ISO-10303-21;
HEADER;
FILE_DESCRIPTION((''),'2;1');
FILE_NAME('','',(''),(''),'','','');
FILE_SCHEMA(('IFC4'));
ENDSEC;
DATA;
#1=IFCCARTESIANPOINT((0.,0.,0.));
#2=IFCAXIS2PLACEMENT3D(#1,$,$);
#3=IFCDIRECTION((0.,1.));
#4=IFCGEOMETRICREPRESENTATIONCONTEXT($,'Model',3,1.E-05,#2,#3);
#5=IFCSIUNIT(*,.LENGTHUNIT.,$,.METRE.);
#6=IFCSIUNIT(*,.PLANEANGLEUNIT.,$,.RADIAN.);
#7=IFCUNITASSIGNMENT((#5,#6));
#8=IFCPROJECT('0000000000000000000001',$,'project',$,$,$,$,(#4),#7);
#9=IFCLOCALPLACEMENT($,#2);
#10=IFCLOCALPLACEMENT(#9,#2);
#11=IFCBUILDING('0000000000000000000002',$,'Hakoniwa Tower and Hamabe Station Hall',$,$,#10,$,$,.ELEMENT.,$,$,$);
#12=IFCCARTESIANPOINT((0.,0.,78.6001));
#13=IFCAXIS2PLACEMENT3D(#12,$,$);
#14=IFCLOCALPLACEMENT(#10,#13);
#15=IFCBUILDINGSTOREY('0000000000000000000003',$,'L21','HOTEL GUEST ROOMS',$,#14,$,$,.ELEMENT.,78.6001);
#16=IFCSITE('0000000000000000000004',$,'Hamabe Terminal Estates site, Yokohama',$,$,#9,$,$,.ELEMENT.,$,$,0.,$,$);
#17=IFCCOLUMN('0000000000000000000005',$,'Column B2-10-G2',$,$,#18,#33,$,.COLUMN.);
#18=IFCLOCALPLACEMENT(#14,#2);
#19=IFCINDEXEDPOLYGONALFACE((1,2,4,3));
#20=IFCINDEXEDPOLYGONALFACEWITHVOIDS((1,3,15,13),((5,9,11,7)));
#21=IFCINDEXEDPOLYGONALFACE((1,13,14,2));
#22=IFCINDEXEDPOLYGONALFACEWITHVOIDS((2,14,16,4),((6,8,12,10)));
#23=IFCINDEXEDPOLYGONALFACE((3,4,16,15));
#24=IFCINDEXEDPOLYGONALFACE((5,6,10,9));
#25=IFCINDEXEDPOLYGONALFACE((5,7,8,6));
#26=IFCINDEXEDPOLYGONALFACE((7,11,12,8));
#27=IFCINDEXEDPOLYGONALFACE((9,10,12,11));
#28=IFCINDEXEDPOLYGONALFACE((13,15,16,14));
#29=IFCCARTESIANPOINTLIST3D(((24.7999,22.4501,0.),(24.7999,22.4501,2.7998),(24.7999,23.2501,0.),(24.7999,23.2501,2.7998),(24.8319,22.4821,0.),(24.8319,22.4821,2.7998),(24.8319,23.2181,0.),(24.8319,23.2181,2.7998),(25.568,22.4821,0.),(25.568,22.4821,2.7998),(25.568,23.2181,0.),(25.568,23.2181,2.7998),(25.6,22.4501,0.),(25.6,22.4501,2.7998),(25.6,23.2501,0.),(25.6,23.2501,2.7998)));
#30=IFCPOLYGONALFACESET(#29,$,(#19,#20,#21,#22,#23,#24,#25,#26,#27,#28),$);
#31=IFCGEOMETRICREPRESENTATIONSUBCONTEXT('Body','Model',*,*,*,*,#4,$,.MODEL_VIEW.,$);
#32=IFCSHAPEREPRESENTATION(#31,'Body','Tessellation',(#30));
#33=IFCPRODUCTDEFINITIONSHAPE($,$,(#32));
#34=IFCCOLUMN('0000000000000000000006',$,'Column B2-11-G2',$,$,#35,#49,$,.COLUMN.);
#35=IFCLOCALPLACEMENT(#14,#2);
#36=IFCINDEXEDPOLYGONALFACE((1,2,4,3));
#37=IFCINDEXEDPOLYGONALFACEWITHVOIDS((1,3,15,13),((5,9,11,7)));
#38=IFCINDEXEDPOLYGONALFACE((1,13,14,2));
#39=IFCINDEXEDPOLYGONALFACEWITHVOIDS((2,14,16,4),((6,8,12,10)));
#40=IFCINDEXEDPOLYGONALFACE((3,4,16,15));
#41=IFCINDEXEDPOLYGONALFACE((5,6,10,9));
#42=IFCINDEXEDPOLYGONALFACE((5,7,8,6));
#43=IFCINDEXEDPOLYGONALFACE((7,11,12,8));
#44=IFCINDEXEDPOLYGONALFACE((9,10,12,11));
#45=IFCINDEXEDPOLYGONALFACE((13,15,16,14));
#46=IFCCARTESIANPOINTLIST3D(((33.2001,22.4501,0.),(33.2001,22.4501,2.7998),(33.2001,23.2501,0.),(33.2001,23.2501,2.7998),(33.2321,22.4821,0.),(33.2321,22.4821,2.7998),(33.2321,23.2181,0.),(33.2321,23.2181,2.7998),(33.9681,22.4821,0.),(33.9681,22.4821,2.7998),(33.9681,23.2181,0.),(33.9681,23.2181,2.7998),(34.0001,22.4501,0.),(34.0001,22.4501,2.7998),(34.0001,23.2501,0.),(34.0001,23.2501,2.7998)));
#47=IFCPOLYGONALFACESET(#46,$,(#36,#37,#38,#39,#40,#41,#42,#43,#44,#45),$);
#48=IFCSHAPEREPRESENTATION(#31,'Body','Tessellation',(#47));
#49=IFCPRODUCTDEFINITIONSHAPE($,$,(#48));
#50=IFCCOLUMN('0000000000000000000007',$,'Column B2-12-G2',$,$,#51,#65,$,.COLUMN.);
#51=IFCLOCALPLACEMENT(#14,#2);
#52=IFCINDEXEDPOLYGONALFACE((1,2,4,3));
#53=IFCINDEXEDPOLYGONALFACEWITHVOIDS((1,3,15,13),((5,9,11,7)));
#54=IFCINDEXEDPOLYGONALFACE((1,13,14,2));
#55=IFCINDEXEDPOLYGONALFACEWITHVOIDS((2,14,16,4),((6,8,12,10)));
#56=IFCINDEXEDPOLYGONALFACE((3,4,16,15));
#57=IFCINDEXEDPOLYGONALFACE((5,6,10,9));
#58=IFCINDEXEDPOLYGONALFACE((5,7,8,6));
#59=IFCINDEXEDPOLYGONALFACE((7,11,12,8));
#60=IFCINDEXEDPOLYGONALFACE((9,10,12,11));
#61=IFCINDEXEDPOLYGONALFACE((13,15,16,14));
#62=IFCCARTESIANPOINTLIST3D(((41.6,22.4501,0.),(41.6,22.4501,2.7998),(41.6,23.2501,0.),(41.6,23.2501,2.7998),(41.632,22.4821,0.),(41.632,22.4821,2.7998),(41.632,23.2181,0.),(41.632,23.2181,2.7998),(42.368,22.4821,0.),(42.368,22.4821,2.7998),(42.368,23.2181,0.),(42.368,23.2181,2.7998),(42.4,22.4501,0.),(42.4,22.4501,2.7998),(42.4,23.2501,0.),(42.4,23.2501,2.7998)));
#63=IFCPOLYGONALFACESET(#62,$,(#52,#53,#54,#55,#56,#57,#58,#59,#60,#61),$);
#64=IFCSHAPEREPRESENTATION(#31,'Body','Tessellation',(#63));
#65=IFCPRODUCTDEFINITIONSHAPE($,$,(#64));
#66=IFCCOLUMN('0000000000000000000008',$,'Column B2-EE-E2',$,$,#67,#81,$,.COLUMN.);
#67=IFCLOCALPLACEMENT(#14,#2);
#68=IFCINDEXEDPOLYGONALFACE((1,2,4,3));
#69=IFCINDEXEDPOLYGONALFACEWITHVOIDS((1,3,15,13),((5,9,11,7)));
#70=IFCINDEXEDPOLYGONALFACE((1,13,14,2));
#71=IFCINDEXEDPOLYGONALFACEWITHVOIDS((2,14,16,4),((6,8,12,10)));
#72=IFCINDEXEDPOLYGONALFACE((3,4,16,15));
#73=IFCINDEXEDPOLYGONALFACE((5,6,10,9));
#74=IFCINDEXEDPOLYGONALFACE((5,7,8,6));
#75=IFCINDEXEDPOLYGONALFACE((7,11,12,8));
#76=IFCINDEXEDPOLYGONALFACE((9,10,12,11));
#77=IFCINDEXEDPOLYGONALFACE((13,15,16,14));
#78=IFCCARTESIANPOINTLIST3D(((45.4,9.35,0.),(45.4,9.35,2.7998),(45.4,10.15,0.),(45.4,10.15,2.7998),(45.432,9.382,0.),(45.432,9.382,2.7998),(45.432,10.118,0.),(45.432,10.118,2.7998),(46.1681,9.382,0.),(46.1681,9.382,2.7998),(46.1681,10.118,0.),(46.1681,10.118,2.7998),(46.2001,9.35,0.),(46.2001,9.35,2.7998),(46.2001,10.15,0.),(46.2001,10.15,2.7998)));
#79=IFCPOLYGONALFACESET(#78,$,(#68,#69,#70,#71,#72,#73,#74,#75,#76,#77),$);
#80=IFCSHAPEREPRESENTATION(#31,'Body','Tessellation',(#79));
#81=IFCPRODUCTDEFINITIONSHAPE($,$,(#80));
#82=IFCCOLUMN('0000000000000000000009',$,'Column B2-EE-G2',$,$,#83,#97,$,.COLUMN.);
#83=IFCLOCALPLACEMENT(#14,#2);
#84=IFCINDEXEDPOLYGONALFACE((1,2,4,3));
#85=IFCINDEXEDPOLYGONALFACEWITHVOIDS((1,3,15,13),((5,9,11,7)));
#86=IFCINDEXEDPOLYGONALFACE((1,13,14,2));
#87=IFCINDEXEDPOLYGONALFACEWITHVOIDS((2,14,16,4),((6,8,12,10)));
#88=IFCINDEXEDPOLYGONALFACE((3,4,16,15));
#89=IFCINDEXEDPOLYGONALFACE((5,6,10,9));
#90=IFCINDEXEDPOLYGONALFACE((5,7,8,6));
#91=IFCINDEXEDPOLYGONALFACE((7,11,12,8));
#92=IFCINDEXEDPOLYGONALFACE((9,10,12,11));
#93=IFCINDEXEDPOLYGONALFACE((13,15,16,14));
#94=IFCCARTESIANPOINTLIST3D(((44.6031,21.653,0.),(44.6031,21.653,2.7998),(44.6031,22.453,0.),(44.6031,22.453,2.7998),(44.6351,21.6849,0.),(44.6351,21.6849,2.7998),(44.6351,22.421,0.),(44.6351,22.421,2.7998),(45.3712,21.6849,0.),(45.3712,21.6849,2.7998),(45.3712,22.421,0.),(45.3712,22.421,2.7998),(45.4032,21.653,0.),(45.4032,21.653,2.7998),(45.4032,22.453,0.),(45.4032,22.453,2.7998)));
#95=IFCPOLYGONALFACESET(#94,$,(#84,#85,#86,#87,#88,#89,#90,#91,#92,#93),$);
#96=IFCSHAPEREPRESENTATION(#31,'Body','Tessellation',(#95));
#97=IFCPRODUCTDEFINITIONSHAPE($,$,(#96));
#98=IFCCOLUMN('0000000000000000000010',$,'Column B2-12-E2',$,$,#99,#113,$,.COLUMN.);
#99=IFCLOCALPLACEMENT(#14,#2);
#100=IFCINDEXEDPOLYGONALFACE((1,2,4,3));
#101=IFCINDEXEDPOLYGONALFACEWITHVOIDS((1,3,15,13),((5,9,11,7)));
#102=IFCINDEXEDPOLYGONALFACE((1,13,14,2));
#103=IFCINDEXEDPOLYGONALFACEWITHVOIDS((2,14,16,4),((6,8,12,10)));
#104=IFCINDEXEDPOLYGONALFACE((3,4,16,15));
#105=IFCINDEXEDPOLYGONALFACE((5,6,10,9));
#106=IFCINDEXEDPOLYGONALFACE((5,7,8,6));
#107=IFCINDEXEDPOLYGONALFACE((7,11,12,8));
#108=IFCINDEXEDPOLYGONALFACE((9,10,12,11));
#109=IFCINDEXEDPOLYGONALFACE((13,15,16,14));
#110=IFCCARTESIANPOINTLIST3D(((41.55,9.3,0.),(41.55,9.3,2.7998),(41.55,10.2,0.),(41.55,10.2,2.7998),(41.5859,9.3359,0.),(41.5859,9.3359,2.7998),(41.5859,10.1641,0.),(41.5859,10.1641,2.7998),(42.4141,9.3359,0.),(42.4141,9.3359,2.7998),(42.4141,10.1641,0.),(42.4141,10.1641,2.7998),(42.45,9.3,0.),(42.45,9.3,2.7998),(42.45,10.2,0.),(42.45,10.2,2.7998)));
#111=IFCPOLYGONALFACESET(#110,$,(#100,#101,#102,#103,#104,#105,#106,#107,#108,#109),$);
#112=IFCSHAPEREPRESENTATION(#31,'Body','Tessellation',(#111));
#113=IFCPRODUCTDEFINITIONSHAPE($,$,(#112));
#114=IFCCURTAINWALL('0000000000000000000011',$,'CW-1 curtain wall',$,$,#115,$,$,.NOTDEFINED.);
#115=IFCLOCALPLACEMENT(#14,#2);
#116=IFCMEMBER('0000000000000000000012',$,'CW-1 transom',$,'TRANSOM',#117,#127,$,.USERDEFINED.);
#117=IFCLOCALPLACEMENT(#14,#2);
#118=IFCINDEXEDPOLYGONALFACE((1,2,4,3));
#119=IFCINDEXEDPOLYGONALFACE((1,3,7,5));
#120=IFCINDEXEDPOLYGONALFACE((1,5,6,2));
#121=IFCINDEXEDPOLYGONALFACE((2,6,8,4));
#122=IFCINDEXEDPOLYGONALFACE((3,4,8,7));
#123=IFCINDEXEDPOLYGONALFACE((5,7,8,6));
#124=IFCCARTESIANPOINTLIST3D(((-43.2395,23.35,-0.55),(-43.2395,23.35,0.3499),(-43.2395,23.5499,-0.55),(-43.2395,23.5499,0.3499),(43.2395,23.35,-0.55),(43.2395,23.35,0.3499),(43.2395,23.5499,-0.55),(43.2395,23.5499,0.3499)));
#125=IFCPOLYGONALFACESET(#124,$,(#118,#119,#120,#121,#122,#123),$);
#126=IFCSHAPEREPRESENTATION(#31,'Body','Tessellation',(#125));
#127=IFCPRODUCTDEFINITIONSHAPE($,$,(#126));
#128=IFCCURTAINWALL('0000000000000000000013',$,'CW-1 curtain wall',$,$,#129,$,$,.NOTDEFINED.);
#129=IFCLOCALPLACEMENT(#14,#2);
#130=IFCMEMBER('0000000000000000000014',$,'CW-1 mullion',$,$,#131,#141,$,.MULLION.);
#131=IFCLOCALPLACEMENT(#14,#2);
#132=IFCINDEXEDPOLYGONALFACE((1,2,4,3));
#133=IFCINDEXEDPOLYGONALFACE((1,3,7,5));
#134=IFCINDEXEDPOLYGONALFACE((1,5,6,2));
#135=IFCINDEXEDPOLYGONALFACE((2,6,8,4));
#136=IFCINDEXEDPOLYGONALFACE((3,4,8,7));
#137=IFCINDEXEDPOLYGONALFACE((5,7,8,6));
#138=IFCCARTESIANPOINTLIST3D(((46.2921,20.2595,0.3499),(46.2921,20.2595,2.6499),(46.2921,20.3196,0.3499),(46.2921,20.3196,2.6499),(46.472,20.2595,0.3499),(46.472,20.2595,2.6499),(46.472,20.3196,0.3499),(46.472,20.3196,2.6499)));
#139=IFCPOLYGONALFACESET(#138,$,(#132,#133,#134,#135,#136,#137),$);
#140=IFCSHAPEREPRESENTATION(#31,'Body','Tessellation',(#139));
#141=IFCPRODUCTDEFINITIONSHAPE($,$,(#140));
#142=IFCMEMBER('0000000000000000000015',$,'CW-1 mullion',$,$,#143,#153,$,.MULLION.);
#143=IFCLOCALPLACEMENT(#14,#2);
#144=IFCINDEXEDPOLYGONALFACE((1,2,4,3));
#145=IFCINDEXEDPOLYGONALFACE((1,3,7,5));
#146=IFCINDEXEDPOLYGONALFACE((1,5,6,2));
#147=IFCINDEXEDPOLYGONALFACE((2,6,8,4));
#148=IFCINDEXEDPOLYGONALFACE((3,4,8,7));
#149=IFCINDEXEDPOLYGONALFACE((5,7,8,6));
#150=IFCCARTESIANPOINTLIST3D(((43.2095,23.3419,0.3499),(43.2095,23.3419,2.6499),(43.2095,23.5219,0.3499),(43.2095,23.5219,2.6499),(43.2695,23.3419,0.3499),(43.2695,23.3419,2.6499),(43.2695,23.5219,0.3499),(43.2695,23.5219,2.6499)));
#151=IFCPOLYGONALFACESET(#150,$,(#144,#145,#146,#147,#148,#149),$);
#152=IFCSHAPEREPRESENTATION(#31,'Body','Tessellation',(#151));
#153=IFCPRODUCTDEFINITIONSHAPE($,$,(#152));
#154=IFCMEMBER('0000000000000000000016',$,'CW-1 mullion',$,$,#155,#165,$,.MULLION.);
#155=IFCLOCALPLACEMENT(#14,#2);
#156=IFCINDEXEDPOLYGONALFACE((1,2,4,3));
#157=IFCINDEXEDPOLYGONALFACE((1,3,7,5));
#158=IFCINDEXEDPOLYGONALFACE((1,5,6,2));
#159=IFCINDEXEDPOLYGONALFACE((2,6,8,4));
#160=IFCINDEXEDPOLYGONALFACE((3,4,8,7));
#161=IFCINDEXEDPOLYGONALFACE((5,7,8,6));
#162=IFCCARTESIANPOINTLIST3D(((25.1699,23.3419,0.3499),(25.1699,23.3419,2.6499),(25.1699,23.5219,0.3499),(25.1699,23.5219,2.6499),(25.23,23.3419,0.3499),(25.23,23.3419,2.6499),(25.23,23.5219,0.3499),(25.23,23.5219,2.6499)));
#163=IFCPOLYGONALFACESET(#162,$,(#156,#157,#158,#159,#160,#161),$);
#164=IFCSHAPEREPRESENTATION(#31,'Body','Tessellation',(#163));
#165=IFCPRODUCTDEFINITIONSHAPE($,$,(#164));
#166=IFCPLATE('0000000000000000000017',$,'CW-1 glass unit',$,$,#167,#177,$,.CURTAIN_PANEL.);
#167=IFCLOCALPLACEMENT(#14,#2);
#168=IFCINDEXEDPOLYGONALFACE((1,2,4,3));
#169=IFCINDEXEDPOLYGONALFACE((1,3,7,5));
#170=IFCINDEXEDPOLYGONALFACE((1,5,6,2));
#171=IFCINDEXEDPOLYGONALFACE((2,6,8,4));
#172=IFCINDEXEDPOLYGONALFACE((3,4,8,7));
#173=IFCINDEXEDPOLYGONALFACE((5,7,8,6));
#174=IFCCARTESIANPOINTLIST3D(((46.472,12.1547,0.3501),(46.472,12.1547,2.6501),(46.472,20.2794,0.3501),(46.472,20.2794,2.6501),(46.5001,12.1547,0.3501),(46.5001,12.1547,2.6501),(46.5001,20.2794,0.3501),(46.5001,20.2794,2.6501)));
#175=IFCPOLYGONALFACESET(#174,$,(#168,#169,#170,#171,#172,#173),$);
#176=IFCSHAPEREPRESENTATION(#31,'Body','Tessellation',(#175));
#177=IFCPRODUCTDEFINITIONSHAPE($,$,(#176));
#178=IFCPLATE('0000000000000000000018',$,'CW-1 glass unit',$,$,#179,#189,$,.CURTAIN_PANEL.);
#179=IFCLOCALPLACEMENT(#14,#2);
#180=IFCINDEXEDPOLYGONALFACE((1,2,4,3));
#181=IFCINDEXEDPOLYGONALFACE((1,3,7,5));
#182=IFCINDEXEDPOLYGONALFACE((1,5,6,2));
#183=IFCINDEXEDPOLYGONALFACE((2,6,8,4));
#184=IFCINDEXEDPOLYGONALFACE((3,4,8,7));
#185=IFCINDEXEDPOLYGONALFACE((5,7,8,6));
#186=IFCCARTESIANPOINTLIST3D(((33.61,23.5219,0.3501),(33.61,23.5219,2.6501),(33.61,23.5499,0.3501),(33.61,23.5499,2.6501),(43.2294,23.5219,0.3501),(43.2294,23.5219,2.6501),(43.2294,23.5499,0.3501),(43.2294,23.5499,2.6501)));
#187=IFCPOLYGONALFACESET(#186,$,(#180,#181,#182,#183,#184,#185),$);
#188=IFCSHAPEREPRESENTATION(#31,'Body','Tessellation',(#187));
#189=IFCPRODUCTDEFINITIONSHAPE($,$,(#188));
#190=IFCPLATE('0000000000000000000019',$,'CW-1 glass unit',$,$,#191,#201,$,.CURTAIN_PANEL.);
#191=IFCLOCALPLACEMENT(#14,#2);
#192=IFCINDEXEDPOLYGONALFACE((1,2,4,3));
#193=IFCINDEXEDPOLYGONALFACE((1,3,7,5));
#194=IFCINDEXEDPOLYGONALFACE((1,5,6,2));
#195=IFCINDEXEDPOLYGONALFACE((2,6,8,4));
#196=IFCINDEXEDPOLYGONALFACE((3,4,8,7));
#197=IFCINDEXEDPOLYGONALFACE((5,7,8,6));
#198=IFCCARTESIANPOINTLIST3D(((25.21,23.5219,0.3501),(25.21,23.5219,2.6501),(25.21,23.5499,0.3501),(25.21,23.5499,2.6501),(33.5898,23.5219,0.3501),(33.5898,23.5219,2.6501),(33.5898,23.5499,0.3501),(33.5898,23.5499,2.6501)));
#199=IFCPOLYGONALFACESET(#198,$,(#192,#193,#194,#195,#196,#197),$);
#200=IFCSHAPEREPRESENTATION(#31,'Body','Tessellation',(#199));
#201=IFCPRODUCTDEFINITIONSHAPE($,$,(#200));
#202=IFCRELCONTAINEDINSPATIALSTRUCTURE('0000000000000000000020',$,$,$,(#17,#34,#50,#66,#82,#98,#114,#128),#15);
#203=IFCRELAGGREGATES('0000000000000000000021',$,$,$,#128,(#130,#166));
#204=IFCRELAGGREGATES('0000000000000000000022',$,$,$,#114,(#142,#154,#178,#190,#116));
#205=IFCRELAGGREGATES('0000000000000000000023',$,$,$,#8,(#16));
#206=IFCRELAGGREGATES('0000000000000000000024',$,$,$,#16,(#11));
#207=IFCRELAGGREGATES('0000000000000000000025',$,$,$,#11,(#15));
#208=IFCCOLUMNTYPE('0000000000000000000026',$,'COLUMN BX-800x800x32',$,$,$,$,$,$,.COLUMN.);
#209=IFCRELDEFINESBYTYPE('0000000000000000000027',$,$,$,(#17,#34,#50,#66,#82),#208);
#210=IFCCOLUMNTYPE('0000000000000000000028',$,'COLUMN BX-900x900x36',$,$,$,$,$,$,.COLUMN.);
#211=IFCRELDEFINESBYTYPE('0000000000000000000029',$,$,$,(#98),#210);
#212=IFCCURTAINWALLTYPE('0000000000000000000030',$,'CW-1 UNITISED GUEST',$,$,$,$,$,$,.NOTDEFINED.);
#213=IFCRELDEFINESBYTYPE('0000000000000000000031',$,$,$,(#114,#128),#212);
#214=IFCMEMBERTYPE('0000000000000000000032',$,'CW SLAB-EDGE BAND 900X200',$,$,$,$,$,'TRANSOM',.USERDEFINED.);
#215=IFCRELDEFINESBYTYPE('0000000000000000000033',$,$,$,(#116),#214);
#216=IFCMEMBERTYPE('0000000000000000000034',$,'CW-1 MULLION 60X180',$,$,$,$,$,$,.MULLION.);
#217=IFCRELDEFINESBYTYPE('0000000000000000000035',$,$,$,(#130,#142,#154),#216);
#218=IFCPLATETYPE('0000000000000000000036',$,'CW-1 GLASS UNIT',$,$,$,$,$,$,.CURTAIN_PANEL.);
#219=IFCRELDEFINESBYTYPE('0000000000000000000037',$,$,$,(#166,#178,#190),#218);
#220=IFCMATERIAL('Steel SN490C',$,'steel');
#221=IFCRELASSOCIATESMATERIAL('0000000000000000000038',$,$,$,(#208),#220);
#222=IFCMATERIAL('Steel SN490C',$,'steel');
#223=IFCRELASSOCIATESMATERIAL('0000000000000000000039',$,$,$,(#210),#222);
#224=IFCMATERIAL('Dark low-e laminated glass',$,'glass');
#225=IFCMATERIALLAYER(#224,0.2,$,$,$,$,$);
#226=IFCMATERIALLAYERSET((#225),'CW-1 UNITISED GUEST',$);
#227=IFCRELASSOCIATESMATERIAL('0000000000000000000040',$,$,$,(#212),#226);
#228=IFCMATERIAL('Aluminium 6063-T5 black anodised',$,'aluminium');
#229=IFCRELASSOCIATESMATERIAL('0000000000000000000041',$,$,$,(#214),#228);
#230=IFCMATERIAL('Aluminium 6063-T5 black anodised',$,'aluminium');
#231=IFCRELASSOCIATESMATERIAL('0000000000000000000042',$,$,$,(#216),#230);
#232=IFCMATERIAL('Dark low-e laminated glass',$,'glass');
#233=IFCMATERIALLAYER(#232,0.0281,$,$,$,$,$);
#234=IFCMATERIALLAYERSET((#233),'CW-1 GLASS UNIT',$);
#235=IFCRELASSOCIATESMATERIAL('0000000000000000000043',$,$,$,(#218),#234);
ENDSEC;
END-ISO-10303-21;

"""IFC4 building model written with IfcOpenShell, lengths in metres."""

from ifc_helpers import new_model, si_unit, direction, frame, origin, origin_2d, place, context, subcontext, project, spatial, rectangle, hollow_rectangle, extrude, material, layer, layer_set, material_profile, profile_set, type_object, element, aggregate, save


model = new_model("IFC4")

# Units and contexts
model_context = context("Model", 3, precision=1e-05, world=origin(), true_north=direction((0.0, 1.0)))
body_context = subcontext(model_context, "Body", "Model", "MODEL_VIEW")
ifc_project = project(units=[si_unit("LENGTHUNIT", "METRE"), si_unit("PLANEANGLEUNIT", "RADIAN")], contexts=[model_context])

# Site, building, storey
site_placement = place(None, origin())
site = spatial("IfcSite", under=ifc_project, at=site_placement, Name="Hamabe Terminal Estates site, Yokohama", CompositionType="ELEMENT", RefElevation=0.0)
building_placement = place(site_placement, origin())
building = spatial("IfcBuilding", under=site, at=building_placement, Name="Hakoniwa Tower and Hamabe Station Hall", CompositionType="ELEMENT")
storey_placement = place(building_placement, frame((0.0, 0.0, 78.6001)))
storey = spatial("IfcBuildingStorey", under=building, at=storey_placement, Name="L21", Description="HOTEL GUEST ROOMS", CompositionType="ELEMENT", Elevation=78.6001)

# Columns
ifc_material_1 = material(Name="Steel SN490C", Category="steel")
ifc_material_profile_1 = material_profile(ifc_material_1, hollow_rectangle(XDim=0.8, YDim=0.8, WallThickness=0.032, at=origin_2d()), Name="BX-800x800x32")
ifc_profile_set_1 = profile_set([ifc_material_profile_1], Name="Steel SN490C")
column_type_1 = type_object("IfcColumnType", Name="COLUMN BX-800x800x32", PredefinedType="COLUMN", material=ifc_profile_set_1)
for number, where, z_axis, x_axis, name in (
    (1, (25.2, 22.8501, 0.0), (0.0, 0.0, 1.0), (1.0, 0.0, 0.0), "Column B2-10-G2"),
    (2, (33.6001, 22.8501, 0.0), (0.0, 0.0, 1.0), (1.0, 0.0, 0.0), "Column B2-11-G2"),
    (3, (42.0, 22.8501, 0.0), (0.0, 0.0, 1.0), (1.0, 0.0, 0.0), "Column B2-12-G2"),
    (4, (45.8, 9.75, 0.0), (0.0, 0.0, 1.0), (1.0, 0.0, 0.0), "Column B2-EE-E2"),
    (5, (45.0032, 22.053, 0.0), (0.0, 0.0, 1.0), (1.0, 0.0, 0.0), "Column B2-EE-G2"),
):
    element("IfcColumn", number, at=place(storey_placement, frame(where, z_axis=z_axis, x_axis=x_axis)), inside=storey, type_object=column_type_1, Name=name, PredefinedType="COLUMN", context=body_context, shape_type="SweptSolid", body=[
        extrude(hollow_rectangle(XDim=0.8, YDim=0.8, WallThickness=0.032, at=origin_2d()), origin(), (0.0, 0.0, 1.0), 2.7998),
    ])
ifc_material_2 = material(Name="Steel SN490C", Category="steel")
ifc_material_profile_2 = material_profile(ifc_material_2, hollow_rectangle(XDim=0.8999, YDim=0.8999, WallThickness=0.0359, at=origin_2d()), Name="BX-900x900x36")
ifc_profile_set_2 = profile_set([ifc_material_profile_2], Name="Steel SN490C")
column_type_2 = type_object("IfcColumnType", Name="COLUMN BX-900x900x36", PredefinedType="COLUMN", material=ifc_profile_set_2)
column_placement = place(storey_placement, frame((42.0, 9.75, 0.0), z_axis=(0.0, 0.0, 1.0), x_axis=(1.0, 0.0, 0.0)))
element("IfcColumn", 6, at=column_placement, inside=storey, type_object=column_type_2, Name="Column B2-12-E2", PredefinedType="COLUMN", context=body_context, shape_type="SweptSolid", body=[
    extrude(hollow_rectangle(XDim=0.8999, YDim=0.8999, WallThickness=0.0359, at=origin_2d()), origin(), (0.0, 0.0, 1.0), 2.7998),
])

# Curtain walls, members
ifc_material_3 = material(Name="Dark low-e laminated glass", Category="glass")
ifc_layer_1 = layer(ifc_material_3, 0.2)
ifc_layer_set_1 = layer_set([ifc_layer_1], Name="CW-1 UNITISED GUEST")
curtain_wall_type = type_object("IfcCurtainWallType", Name="CW-1 UNITISED GUEST", PredefinedType="NOTDEFINED", material=ifc_layer_set_1)
curtain_wall_1_placement = place(storey_placement, origin())
curtain_wall_1 = element("IfcCurtainWall", 7, at=curtain_wall_1_placement, inside=storey, type_object=curtain_wall_type, Name="CW-1 curtain wall", PredefinedType="NOTDEFINED")
ifc_material_4 = material(Name="Aluminium 6063-T5 black anodised", Category="aluminium")
ifc_material_profile_3 = material_profile(ifc_material_4, rectangle(XDim=0.2, YDim=0.8999, at=origin_2d()), Name="CW SLAB-EDGE BAND 900X200")
ifc_profile_set_3 = profile_set([ifc_material_profile_3], Name="Aluminium 6063-T5 black anodised")
member_type_1 = type_object("IfcMemberType", Name="CW SLAB-EDGE BAND 900X200", ElementType="TRANSOM", PredefinedType="USERDEFINED", material=ifc_profile_set_3)
member_1_placement = place(storey_placement, frame((43.2395, 23.45, -0.1001), z_axis=(-1.0, 0.0, 0.0), x_axis=(0.0, -1.0, 0.0)))
member_1 = element("IfcMember", 8, at=member_1_placement, type_object=member_type_1, Name="CW-1 transom", ObjectType="TRANSOM", PredefinedType="USERDEFINED", context=body_context, shape_type="SweptSolid", body=[
    extrude(rectangle(XDim=0.2, YDim=0.8999, at=origin_2d()), origin(), (0.0, 0.0, 1.0), 86.479),
])
curtain_wall_2_placement = place(storey_placement, origin())
curtain_wall_2 = element("IfcCurtainWall", 9, at=curtain_wall_2_placement, inside=storey, type_object=curtain_wall_type, Name="CW-1 curtain wall", PredefinedType="NOTDEFINED")
ifc_material_5 = material(Name="Aluminium 6063-T5 black anodised", Category="aluminium")
ifc_material_profile_4 = material_profile(ifc_material_5, rectangle(XDim=0.0601, YDim=0.1799, at=origin_2d()), Name="CW-1 MULLION 60X180")
ifc_profile_set_4 = profile_set([ifc_material_profile_4], Name="Aluminium 6063-T5 black anodised")
member_type_2 = type_object("IfcMemberType", Name="CW-1 MULLION 60X180", PredefinedType="MULLION", material=ifc_profile_set_4)
member_2_placement = place(storey_placement, frame((46.3821, 20.2896, 0.3499), z_axis=(0.0, 0.0, 1.0), x_axis=(0.0, 1.0, 0.0)))
member_2 = element("IfcMember", 10, at=member_2_placement, type_object=member_type_2, Name="CW-1 mullion", PredefinedType="MULLION", context=body_context, shape_type="SweptSolid", body=[
    extrude(rectangle(XDim=0.0601, YDim=0.1799, at=origin_2d()), origin(), (0.0, 0.0, 1.0), 2.3),
])

# Members
member_3_placement = place(storey_placement, frame((43.2395, 23.4319, 0.3499), z_axis=(0.0, 0.0, 1.0), x_axis=(-1.0, 0.0, 0.0)))
member_3 = element("IfcMember", 11, at=member_3_placement, type_object=member_type_2, Name="CW-1 mullion", PredefinedType="MULLION", context=body_context, shape_type="SweptSolid", body=[
    extrude(rectangle(XDim=0.0601, YDim=0.1799, at=origin_2d()), origin(), (0.0, 0.0, 1.0), 2.3),
])
member_4_placement = place(storey_placement, frame((25.2, 23.4319, 0.3499), z_axis=(0.0, 0.0, 1.0), x_axis=(-1.0, 0.0, 0.0)))
member_4 = element("IfcMember", 12, at=member_4_placement, type_object=member_type_2, Name="CW-1 mullion", PredefinedType="MULLION", context=body_context, shape_type="SweptSolid", body=[
    extrude(rectangle(XDim=0.0601, YDim=0.1799, at=origin_2d()), origin(), (0.0, 0.0, 1.0), 2.3),
])

# Plates
ifc_material_6 = material(Name="Dark low-e laminated glass", Category="glass")
ifc_layer_2 = layer(ifc_material_6, 0.0281)
ifc_layer_set_2 = layer_set([ifc_layer_2], Name="CW-1 GLASS UNIT")
plate_type = type_object("IfcPlateType", Name="CW-1 GLASS UNIT", PredefinedType="CURTAIN_PANEL", material=ifc_layer_set_2)
plate_1_placement = place(storey_placement, frame((46.4861, 16.217, 0.3501), z_axis=(0.0, 0.0, 1.0), x_axis=(0.0, 1.0, 0.0)))
plate_1 = element("IfcPlate", 13, at=plate_1_placement, type_object=plate_type, Name="CW-1 glass unit", PredefinedType="CURTAIN_PANEL", context=body_context, shape_type="SweptSolid", body=[
    extrude(rectangle(XDim=8.1248, YDim=0.0281, at=origin_2d()), origin(), (0.0, 0.0, 1.0), 2.3),
])
aggregate(curtain_wall_2, [member_2, plate_1])
plate_2_placement = place(storey_placement, frame((38.4197, 23.5359, 0.3501), z_axis=(0.0, 0.0, 1.0), x_axis=(-1.0, 0.0, 0.0)))
plate_2 = element("IfcPlate", 14, at=plate_2_placement, type_object=plate_type, Name="CW-1 glass unit", PredefinedType="CURTAIN_PANEL", context=body_context, shape_type="SweptSolid", body=[
    extrude(rectangle(XDim=9.6194, YDim=0.0281, at=origin_2d()), origin(), (0.0, 0.0, 1.0), 2.3),
])
plate_3_placement = place(storey_placement, frame((29.3999, 23.5359, 0.3501), z_axis=(0.0, 0.0, 1.0), x_axis=(-1.0, 0.0, 0.0)))
plate_3 = element("IfcPlate", 15, at=plate_3_placement, type_object=plate_type, Name="CW-1 glass unit", PredefinedType="CURTAIN_PANEL", context=body_context, shape_type="SweptSolid", body=[
    extrude(rectangle(XDim=8.3799, YDim=0.0281, at=origin_2d()), origin(), (0.0, 0.0, 1.0), 2.3),
])
aggregate(curtain_wall_1, [member_3, member_4, plate_2, plate_3, member_1])

save(model, "model.ifc")
